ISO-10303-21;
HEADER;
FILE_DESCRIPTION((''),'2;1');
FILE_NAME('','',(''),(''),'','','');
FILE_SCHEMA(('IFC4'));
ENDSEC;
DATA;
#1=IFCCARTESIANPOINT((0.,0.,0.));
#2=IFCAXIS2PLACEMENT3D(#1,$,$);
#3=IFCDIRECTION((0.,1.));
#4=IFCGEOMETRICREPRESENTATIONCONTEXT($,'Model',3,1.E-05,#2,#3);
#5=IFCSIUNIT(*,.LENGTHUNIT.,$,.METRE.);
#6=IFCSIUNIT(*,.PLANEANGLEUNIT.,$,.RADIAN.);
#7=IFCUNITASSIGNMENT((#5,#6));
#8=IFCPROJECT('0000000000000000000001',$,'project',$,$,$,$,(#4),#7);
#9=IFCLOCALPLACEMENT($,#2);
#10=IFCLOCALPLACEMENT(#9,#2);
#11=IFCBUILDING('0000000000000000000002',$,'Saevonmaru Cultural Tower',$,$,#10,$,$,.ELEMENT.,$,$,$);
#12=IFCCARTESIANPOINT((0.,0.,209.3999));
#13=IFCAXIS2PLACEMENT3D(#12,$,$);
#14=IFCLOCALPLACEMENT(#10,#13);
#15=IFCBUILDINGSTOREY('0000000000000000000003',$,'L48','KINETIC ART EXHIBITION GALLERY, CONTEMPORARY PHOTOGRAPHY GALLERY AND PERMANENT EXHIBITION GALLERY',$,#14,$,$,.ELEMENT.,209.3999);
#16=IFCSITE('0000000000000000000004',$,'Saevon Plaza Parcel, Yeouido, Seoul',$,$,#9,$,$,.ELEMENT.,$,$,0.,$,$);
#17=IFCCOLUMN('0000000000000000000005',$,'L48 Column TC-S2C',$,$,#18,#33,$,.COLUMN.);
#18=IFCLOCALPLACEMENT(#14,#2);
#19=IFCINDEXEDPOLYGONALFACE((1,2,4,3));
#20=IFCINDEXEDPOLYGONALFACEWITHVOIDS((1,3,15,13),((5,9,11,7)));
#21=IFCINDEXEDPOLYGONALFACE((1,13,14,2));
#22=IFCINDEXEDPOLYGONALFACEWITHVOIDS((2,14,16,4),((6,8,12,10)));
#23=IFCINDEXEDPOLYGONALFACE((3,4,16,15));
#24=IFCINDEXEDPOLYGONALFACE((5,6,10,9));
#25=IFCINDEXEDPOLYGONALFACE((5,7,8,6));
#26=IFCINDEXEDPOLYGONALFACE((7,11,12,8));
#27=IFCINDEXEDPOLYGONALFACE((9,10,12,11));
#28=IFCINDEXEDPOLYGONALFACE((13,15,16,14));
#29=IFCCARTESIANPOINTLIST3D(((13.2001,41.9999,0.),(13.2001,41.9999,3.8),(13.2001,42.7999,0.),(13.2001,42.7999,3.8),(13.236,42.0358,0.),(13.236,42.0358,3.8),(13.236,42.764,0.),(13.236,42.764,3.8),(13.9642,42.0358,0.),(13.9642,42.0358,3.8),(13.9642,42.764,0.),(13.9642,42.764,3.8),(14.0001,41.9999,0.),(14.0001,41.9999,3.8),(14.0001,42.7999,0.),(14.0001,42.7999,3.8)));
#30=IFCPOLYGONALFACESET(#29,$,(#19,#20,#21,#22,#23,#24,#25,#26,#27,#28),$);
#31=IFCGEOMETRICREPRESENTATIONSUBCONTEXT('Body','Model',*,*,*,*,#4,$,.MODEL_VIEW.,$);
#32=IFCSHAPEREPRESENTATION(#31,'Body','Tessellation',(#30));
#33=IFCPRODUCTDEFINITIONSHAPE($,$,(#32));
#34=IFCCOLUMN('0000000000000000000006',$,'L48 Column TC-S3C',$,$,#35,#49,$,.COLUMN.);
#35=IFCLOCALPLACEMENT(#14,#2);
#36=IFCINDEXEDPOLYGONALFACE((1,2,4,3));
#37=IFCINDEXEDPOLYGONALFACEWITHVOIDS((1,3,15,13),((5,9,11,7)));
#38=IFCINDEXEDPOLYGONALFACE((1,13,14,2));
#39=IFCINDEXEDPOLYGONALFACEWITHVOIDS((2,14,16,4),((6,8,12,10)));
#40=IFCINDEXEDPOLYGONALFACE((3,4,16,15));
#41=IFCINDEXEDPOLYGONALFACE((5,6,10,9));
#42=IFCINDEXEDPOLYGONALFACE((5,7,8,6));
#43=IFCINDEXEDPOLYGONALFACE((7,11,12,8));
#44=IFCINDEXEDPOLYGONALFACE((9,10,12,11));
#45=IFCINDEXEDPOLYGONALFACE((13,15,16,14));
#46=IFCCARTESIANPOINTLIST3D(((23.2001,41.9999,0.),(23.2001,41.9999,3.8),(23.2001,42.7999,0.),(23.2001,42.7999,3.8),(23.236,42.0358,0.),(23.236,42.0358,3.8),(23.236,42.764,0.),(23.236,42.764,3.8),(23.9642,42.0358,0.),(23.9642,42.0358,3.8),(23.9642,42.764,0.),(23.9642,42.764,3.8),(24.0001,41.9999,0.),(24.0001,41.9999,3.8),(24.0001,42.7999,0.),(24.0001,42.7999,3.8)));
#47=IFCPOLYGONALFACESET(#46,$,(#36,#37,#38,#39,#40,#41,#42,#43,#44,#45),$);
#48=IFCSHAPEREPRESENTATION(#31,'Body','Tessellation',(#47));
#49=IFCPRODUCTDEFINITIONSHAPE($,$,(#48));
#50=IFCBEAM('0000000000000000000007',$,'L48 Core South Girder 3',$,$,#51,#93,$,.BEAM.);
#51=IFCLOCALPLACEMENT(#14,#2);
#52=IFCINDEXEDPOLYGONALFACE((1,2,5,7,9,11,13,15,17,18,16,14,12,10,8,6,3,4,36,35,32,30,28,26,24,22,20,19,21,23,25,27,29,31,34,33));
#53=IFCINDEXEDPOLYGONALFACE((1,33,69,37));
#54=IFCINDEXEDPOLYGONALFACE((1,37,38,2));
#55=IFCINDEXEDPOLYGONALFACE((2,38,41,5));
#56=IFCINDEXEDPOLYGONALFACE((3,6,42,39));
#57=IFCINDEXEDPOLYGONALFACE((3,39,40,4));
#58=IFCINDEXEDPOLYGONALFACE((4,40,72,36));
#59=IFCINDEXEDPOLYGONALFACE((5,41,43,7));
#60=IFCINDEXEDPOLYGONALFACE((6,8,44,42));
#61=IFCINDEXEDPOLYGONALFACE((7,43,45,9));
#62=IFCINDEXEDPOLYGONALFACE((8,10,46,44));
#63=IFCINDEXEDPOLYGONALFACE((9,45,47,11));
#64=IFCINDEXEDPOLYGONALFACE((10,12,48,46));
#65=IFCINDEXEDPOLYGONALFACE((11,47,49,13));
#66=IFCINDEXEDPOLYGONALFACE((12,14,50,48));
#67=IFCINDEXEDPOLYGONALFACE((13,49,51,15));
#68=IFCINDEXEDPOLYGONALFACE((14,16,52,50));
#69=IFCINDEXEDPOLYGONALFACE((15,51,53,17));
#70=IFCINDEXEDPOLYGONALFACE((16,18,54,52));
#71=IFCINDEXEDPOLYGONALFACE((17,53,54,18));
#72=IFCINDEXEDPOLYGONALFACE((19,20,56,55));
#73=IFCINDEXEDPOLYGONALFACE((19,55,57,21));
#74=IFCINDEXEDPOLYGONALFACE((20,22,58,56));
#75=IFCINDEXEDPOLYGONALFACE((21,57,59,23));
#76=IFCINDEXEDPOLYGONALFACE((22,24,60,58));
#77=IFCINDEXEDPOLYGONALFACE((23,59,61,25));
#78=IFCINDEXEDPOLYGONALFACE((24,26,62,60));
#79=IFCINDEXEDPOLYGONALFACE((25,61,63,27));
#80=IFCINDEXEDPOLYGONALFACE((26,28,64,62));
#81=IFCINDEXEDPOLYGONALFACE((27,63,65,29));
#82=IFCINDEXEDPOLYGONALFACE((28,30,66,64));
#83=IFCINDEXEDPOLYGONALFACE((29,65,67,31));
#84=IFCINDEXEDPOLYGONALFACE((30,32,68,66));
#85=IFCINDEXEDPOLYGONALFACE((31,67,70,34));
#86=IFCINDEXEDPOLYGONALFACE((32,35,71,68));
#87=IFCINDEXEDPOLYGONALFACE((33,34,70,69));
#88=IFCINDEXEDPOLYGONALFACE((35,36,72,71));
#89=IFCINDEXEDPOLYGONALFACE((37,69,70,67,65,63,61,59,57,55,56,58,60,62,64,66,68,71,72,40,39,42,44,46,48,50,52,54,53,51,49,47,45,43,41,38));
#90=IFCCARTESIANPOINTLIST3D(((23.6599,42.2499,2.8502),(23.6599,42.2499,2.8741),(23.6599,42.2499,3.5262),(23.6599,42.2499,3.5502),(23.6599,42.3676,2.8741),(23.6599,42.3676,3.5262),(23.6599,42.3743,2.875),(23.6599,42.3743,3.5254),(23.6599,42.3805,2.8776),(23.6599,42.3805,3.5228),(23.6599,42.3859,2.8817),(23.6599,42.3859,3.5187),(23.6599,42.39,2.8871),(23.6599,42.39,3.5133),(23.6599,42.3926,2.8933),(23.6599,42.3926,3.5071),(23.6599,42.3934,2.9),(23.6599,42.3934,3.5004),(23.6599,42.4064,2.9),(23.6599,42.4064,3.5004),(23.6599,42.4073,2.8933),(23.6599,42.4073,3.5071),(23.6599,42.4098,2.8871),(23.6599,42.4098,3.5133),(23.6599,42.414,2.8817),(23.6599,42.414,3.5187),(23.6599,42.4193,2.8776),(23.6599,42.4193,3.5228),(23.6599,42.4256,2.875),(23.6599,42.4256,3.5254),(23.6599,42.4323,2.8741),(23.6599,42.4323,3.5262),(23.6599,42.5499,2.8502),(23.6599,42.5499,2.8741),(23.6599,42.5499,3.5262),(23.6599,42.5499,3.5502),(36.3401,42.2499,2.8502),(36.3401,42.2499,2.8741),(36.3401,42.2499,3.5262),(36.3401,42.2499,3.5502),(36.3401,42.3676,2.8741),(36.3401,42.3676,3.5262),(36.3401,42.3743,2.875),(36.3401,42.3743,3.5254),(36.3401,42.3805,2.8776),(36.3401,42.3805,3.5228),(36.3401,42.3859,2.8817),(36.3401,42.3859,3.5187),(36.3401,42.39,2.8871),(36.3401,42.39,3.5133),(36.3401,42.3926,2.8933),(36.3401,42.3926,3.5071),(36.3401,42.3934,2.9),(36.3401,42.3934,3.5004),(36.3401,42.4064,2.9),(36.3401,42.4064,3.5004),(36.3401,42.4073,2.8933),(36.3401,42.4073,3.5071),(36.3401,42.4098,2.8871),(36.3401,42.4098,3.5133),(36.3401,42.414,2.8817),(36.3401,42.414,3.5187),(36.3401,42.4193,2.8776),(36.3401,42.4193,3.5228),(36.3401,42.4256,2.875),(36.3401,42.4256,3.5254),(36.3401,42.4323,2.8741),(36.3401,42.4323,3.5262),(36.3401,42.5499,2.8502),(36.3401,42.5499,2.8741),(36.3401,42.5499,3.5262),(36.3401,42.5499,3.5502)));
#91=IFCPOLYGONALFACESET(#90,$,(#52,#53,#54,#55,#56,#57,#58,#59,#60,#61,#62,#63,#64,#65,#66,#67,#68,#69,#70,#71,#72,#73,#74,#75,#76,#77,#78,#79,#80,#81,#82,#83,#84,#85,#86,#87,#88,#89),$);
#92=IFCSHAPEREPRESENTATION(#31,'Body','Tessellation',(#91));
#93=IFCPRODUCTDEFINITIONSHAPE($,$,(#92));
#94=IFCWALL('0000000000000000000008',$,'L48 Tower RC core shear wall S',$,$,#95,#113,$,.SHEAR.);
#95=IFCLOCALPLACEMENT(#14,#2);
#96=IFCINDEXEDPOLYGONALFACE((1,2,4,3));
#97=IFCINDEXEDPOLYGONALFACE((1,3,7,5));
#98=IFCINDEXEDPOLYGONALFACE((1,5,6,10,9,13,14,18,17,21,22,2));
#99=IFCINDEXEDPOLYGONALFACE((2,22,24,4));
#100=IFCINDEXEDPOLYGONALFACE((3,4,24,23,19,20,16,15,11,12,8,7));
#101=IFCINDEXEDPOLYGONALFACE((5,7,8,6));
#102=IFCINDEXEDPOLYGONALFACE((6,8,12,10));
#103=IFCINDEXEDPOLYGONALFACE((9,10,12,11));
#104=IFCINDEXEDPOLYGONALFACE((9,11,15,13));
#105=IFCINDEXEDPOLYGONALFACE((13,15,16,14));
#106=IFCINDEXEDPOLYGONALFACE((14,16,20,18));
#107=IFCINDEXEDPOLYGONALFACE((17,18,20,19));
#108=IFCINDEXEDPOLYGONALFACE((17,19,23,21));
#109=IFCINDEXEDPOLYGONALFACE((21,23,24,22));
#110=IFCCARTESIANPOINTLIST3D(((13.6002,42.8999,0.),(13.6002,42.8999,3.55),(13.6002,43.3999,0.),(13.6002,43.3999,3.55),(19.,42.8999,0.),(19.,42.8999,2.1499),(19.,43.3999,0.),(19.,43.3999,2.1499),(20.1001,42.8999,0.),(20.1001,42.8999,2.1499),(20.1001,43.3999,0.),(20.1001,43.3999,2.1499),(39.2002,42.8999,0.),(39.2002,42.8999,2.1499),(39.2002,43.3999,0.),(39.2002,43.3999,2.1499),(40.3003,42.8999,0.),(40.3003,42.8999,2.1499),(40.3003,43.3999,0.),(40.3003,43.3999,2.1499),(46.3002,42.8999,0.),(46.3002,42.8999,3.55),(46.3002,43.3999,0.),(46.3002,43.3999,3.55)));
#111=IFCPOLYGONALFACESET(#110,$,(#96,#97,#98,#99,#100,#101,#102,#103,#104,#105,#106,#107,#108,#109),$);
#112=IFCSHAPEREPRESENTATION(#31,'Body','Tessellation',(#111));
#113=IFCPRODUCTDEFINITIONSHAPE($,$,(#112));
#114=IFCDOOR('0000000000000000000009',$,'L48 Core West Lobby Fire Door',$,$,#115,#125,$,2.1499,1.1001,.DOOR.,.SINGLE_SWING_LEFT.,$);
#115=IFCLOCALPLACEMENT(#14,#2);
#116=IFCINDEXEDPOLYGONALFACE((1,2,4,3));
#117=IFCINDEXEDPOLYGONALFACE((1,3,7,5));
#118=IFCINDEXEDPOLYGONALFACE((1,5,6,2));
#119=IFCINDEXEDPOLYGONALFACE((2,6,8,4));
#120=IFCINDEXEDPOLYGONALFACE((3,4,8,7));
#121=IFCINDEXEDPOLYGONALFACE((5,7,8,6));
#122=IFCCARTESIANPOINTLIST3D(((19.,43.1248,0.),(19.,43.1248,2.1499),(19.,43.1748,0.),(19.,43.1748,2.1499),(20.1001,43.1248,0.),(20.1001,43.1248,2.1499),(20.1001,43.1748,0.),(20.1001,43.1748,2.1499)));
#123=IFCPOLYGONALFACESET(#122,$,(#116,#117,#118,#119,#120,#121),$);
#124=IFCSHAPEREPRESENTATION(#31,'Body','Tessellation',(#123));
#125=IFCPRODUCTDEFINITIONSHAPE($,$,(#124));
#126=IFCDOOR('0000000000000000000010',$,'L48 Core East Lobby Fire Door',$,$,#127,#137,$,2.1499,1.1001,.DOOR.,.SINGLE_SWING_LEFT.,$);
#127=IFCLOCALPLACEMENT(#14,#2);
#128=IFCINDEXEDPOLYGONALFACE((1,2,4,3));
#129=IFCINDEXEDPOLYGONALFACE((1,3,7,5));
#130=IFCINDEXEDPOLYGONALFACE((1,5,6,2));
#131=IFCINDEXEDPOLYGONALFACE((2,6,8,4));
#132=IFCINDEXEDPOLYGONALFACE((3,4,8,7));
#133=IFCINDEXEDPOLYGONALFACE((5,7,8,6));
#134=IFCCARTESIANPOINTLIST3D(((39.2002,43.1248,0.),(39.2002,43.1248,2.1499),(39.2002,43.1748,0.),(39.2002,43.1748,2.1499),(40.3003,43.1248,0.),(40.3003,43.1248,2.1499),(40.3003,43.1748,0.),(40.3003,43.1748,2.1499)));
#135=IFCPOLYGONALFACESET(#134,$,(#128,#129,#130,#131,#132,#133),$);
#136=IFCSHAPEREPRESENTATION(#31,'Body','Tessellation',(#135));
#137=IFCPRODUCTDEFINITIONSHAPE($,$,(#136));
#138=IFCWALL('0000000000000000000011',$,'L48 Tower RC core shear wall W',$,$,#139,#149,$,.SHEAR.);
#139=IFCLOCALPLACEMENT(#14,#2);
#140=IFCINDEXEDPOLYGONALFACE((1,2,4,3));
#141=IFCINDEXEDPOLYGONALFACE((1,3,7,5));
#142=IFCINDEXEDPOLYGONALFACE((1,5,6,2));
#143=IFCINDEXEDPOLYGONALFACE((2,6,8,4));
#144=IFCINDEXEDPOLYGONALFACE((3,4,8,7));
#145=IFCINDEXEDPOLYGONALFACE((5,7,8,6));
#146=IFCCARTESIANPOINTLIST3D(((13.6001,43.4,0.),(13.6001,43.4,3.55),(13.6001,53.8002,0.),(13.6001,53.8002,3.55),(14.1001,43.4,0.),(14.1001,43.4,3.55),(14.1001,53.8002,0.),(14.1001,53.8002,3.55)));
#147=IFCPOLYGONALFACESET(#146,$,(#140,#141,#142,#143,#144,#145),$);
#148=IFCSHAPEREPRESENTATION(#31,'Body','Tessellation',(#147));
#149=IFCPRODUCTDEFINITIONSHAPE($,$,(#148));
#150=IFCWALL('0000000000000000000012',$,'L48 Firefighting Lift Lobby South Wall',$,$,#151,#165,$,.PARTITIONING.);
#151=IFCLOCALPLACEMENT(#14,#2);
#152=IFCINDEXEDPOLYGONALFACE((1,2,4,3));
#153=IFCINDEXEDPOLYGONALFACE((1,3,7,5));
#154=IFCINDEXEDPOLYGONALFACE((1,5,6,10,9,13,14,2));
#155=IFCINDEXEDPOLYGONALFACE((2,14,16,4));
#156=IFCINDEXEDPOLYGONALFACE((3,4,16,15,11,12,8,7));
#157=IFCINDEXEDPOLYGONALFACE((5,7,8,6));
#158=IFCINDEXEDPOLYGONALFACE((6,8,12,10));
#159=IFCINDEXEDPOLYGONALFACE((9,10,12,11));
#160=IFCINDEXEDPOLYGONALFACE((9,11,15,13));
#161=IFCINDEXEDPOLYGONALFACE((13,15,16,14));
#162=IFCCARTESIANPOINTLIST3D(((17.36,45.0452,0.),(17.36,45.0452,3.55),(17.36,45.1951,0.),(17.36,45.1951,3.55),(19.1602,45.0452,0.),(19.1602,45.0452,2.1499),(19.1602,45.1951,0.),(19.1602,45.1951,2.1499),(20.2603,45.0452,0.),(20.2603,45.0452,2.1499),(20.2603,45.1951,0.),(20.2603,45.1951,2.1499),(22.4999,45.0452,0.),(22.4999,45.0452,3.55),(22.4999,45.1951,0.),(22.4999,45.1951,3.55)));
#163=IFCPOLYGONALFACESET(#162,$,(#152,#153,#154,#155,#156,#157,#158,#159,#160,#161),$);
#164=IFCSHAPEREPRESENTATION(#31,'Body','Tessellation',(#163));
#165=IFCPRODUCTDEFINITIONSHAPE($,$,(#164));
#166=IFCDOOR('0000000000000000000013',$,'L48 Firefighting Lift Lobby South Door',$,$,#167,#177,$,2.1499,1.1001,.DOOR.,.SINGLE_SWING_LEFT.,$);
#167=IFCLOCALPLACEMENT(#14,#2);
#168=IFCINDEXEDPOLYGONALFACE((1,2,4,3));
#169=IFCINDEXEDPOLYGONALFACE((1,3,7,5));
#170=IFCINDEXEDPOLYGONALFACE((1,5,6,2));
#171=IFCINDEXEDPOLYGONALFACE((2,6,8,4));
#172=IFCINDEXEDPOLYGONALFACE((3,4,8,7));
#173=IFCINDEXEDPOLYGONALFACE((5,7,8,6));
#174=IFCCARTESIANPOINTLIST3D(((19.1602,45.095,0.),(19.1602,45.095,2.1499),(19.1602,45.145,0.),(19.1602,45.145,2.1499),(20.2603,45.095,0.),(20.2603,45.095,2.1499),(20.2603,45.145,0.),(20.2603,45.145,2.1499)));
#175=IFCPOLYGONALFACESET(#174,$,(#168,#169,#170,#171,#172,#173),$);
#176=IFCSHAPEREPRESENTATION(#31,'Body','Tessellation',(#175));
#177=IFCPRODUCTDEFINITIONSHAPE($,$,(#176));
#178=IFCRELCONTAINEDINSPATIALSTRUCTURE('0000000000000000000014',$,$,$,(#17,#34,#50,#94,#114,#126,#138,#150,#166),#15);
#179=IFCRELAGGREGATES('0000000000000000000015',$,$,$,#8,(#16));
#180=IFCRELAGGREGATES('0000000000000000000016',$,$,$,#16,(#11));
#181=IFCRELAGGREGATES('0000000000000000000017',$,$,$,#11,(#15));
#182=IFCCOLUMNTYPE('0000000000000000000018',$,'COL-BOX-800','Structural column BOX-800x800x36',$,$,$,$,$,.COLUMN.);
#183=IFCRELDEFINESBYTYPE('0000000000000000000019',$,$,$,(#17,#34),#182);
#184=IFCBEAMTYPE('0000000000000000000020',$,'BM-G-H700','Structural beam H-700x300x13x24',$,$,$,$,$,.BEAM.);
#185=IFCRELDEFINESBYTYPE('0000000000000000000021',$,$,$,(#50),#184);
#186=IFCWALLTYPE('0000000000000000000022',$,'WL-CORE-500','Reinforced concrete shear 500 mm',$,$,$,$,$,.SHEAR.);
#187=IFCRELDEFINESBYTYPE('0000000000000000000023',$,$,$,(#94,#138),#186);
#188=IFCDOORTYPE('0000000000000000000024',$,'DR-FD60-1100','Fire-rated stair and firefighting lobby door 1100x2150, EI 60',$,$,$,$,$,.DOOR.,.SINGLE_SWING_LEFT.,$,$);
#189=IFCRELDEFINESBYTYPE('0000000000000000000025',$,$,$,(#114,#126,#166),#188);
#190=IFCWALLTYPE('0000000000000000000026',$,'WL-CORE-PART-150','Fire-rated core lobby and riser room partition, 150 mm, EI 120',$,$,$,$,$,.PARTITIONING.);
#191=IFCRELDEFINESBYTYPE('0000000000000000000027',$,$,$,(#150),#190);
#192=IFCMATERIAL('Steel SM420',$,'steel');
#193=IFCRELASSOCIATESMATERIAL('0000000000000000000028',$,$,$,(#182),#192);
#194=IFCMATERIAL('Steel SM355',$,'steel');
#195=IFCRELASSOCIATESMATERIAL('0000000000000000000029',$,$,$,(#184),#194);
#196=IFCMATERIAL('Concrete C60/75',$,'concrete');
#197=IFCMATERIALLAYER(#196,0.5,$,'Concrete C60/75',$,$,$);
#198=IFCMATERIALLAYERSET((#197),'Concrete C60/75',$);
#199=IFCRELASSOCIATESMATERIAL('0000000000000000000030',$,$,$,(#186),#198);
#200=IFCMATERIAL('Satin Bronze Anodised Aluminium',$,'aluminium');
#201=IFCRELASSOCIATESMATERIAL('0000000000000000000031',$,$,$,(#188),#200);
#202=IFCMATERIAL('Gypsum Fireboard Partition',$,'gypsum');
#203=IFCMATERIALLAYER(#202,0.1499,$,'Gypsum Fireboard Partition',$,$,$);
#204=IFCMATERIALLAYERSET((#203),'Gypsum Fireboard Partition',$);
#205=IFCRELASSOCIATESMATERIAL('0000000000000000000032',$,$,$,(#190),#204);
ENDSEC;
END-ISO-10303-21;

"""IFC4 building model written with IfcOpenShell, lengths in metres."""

from ifc_helpers import new_model, si_unit, direction, frame, frame_2d, origin, origin_2d, place, context, subcontext, project, spatial, rectangle, hollow_rectangle, i_section, extrude, material, layer, layer_set, material_profile, profile_set, type_object, element, fill, save


model = new_model("IFC4")

# Units and contexts
model_context = context("Model", 3, precision=1e-05, world=origin(), true_north=direction((0.0, 1.0)))
body_context = subcontext(model_context, "Body", "Model", "MODEL_VIEW")
ifc_project = project(units=[si_unit("LENGTHUNIT", "METRE"), si_unit("PLANEANGLEUNIT", "RADIAN")], contexts=[model_context])

# Site, building, storey
site_placement = place(None, origin())
site = spatial("IfcSite", under=ifc_project, at=site_placement, Name="Saevon Plaza Parcel, Yeouido, Seoul", CompositionType="ELEMENT", RefElevation=0.0)
building_placement = place(site_placement, origin())
building = spatial("IfcBuilding", under=site, at=building_placement, Name="Saevonmaru Cultural Tower", CompositionType="ELEMENT")
storey_placement = place(building_placement, frame((0.0, 0.0, 209.3999)))
storey = spatial("IfcBuildingStorey", under=building, at=storey_placement, Name="L48", Description="KINETIC ART EXHIBITION GALLERY, CONTEMPORARY PHOTOGRAPHY GALLERY AND PERMANENT EXHIBITION GALLERY", CompositionType="ELEMENT", Elevation=209.3999)

# Columns
ifc_material_1 = material(Name="Steel SM420", Category="steel")
ifc_material_profile_1 = material_profile(ifc_material_1, hollow_rectangle(XDim=0.8, YDim=0.8, WallThickness=0.0359, at=origin_2d()), Name="BOX-800x800x36")
ifc_profile_set_1 = profile_set([ifc_material_profile_1], Name="Steel SM420")
column_type = type_object("IfcColumnType", Name="COL-BOX-800", Description="Structural column BOX-800x800x36", PredefinedType="COLUMN", material=ifc_profile_set_1)
for number, where, z_axis, x_axis, name in (
    (1, (13.6001, 42.3999, 0.0), (0.0, 0.0, 1.0), (1.0, 0.0, 0.0), "L48 Column TC-S2C"),
    (2, (23.6001, 42.3999, 0.0), (0.0, 0.0, 1.0), (1.0, 0.0, 0.0), "L48 Column TC-S3C"),
):
    element("IfcColumn", number, at=place(storey_placement, frame(where, z_axis=z_axis, x_axis=x_axis)), inside=storey, type_object=column_type, Name=name, PredefinedType="COLUMN", context=body_context, shape_type="SweptSolid", body=[
        extrude(hollow_rectangle(XDim=0.8, YDim=0.8, WallThickness=0.0359, at=origin_2d()), origin(), (0.0, 0.0, 1.0), 3.8),
    ])

# Beam
ifc_material_2 = material(Name="Steel SM355", Category="steel")
ifc_material_profile_2 = material_profile(ifc_material_2, i_section(OverallWidth=0.3, OverallDepth=0.7, WebThickness=0.0129, FlangeThickness=0.0239, FilletRadius=0.0259, at=origin_2d()), Name="H-700x300x13x24")
ifc_profile_set_2 = profile_set([ifc_material_profile_2], Name="Steel SM355")
beam_type = type_object("IfcBeamType", Name="BM-G-H700", Description="Structural beam H-700x300x13x24", PredefinedType="BEAM", material=ifc_profile_set_2)
beam_placement = place(storey_placement, frame((23.6599, 42.3999, 3.2002), z_axis=(1.0, 0.0, 0.0), x_axis=(0.0, 1.0, 0.0)))
element("IfcBeam", 3, at=beam_placement, inside=storey, type_object=beam_type, Name="L48 Core South Girder 3", PredefinedType="BEAM", context=body_context, shape_type="SweptSolid", body=[
    extrude(i_section(OverallWidth=0.3, OverallDepth=0.7, WebThickness=0.0129, FlangeThickness=0.0239, FilletRadius=0.0259, at=origin_2d()), origin(), (0.0, 0.0, 1.0), 12.6802),
])

# Wall, openings, doors
ifc_material_3 = material(Name="Concrete C60/75", Category="concrete")
ifc_layer_1 = layer(ifc_material_3, 0.5, Name="Concrete C60/75")
ifc_layer_set_1 = layer_set([ifc_layer_1], Name="Concrete C60/75")
wall_type_1 = type_object("IfcWallType", Name="WL-CORE-500", Description="Reinforced concrete shear 500 mm", PredefinedType="SHEAR", material=ifc_layer_set_1)
wall_1_placement = place(storey_placement, frame((13.6001, 43.1499, 0.0), z_axis=(0.0, 0.0, 1.0), x_axis=(1.0, 0.0, 0.0)))
wall_1 = element("IfcWall", 4, at=wall_1_placement, inside=storey, type_object=wall_type_1, Name="L48 Tower RC core shear wall S", PredefinedType="SHEAR", context=body_context, shape_type="SweptSolid", body=[
    extrude(rectangle(XDim=32.7, YDim=0.5, at=frame_2d((16.3501, 0.0))), origin(), (0.0, 0.0, 1.0), 3.55),
])
opening_1_placement = place(wall_1_placement, frame((5.3999, 0.0, 0.0)))
opening_1 = element("IfcOpeningElement", 5, at=opening_1_placement, cuts=wall_1, PredefinedType="OPENING", context=body_context, shape_type="SweptSolid", body=[
    extrude(rectangle(XDim=1.1001, YDim=2.1499, at=frame_2d((0.55, 1.075))), frame((0.0, 0.26, 0.0), z_axis=(0.0, -1.0, 0.0), x_axis=(1.0, 0.0, 0.0)), (0.0, 0.0, 1.0), 0.52),
])
opening_2_placement = place(wall_1_placement, frame((25.6001, 0.0, 0.0)))
opening_2 = element("IfcOpeningElement", 6, at=opening_2_placement, cuts=wall_1, PredefinedType="OPENING", context=body_context, shape_type="SweptSolid", body=[
    extrude(rectangle(XDim=1.1001, YDim=2.1499, at=frame_2d((0.55, 1.075))), frame((0.0, 0.26, 0.0), z_axis=(0.0, -1.0, 0.0), x_axis=(1.0, 0.0, 0.0)), (0.0, 0.0, 1.0), 0.52),
])
ifc_material_4 = material(Name="Satin Bronze Anodised Aluminium", Category="aluminium")
door_type_1 = type_object("IfcDoorType", Name="DR-FD60-1100", Description="Fire-rated stair and firefighting lobby door 1100x2150, EI 60", OperationType="SINGLE_SWING_LEFT", PredefinedType="DOOR", material=ifc_material_4)
door_1_placement = place(opening_1_placement, origin())
door_1 = element("IfcDoor", 7, at=door_1_placement, inside=storey, type_object=door_type_1, Name="L48 Core West Lobby Fire Door", OperationType="SINGLE_SWING_LEFT", OverallHeight=2.1499, OverallWidth=1.1001, PredefinedType="DOOR", context=body_context, shape_type="SweptSolid", body=[
    extrude(rectangle(XDim=1.1001, YDim=2.1499, at=frame_2d((0.55, 1.075))), frame((0.0, 0.0249, 0.0), z_axis=(0.0, -1.0, 0.0), x_axis=(1.0, 0.0, 0.0)), (0.0, 0.0, 1.0), 0.05),
])
fill(opening_1, door_1)
door_2_placement = place(opening_2_placement, origin())
door_2 = element("IfcDoor", 8, at=door_2_placement, inside=storey, type_object=door_type_1, Name="L48 Core East Lobby Fire Door", OperationType="SINGLE_SWING_LEFT", OverallHeight=2.1499, OverallWidth=1.1001, PredefinedType="DOOR", context=body_context, shape_type="SweptSolid", body=[
    extrude(rectangle(XDim=1.1001, YDim=2.1499, at=frame_2d((0.55, 1.075))), frame((0.0, 0.0249, 0.0), z_axis=(0.0, -1.0, 0.0), x_axis=(1.0, 0.0, 0.0)), (0.0, 0.0, 1.0), 0.05),
])
fill(opening_2, door_2)

# Wall
wall_2_placement = place(storey_placement, frame((13.8501, 43.3999, 0.0), z_axis=(0.0, 0.0, 1.0), x_axis=(0.0, 1.0, 0.0)))
element("IfcWall", 9, at=wall_2_placement, inside=storey, type_object=wall_type_1, Name="L48 Tower RC core shear wall W", PredefinedType="SHEAR", context=body_context, shape_type="SweptSolid", body=[
    extrude(rectangle(XDim=10.4001, YDim=0.5, at=frame_2d((5.2002, 0.0))), origin(), (0.0, 0.0, 1.0), 3.55),
])

# Wall, opening, door
ifc_material_5 = material(Name="Gypsum Fireboard Partition", Category="gypsum")
ifc_layer_2 = layer(ifc_material_5, 0.1499, Name="Gypsum Fireboard Partition")
ifc_layer_set_2 = layer_set([ifc_layer_2], Name="Gypsum Fireboard Partition")
wall_type_2 = type_object("IfcWallType", Name="WL-CORE-PART-150", Description="Fire-rated core lobby and riser room partition, 150 mm, EI 120", PredefinedType="PARTITIONING", material=ifc_layer_set_2)
wall_3_placement = place(storey_placement, frame((17.3601, 45.1201, 0.0), z_axis=(0.0, 0.0, 1.0), x_axis=(1.0, 0.0, 0.0)))
wall_3 = element("IfcWall", 10, at=wall_3_placement, inside=storey, type_object=wall_type_2, Name="L48 Firefighting Lift Lobby South Wall", PredefinedType="PARTITIONING", context=body_context, shape_type="SweptSolid", body=[
    extrude(rectangle(XDim=5.1399, YDim=0.1499, at=frame_2d((2.5698, 0.0))), origin(), (0.0, 0.0, 1.0), 3.55),
])
opening_3_placement = place(wall_3_placement, frame((1.8, 0.0, 0.0)))
opening_3 = element("IfcOpeningElement", 11, at=opening_3_placement, cuts=wall_3, PredefinedType="OPENING", context=body_context, shape_type="SweptSolid", body=[
    extrude(rectangle(XDim=1.1001, YDim=2.1499, at=frame_2d((0.55, 1.075))), frame((0.0, 0.085, 0.0), z_axis=(0.0, -1.0, 0.0), x_axis=(1.0, 0.0, 0.0)), (0.0, 0.0, 1.0), 0.1699),
])
door_3_placement = place(opening_3_placement, origin())
door_3 = element("IfcDoor", 12, at=door_3_placement, inside=storey, type_object=door_type_1, Name="L48 Firefighting Lift Lobby South Door", OperationType="SINGLE_SWING_LEFT", OverallHeight=2.1499, OverallWidth=1.1001, PredefinedType="DOOR", context=body_context, shape_type="SweptSolid", body=[
    extrude(rectangle(XDim=1.1001, YDim=2.1499, at=frame_2d((0.55, 1.075))), frame((0.0, 0.0249, 0.0), z_axis=(0.0, -1.0, 0.0), x_axis=(1.0, 0.0, 0.0)), (0.0, 0.0, 1.0), 0.05),
])
fill(opening_3, door_3)

save(model, "model.ifc")
